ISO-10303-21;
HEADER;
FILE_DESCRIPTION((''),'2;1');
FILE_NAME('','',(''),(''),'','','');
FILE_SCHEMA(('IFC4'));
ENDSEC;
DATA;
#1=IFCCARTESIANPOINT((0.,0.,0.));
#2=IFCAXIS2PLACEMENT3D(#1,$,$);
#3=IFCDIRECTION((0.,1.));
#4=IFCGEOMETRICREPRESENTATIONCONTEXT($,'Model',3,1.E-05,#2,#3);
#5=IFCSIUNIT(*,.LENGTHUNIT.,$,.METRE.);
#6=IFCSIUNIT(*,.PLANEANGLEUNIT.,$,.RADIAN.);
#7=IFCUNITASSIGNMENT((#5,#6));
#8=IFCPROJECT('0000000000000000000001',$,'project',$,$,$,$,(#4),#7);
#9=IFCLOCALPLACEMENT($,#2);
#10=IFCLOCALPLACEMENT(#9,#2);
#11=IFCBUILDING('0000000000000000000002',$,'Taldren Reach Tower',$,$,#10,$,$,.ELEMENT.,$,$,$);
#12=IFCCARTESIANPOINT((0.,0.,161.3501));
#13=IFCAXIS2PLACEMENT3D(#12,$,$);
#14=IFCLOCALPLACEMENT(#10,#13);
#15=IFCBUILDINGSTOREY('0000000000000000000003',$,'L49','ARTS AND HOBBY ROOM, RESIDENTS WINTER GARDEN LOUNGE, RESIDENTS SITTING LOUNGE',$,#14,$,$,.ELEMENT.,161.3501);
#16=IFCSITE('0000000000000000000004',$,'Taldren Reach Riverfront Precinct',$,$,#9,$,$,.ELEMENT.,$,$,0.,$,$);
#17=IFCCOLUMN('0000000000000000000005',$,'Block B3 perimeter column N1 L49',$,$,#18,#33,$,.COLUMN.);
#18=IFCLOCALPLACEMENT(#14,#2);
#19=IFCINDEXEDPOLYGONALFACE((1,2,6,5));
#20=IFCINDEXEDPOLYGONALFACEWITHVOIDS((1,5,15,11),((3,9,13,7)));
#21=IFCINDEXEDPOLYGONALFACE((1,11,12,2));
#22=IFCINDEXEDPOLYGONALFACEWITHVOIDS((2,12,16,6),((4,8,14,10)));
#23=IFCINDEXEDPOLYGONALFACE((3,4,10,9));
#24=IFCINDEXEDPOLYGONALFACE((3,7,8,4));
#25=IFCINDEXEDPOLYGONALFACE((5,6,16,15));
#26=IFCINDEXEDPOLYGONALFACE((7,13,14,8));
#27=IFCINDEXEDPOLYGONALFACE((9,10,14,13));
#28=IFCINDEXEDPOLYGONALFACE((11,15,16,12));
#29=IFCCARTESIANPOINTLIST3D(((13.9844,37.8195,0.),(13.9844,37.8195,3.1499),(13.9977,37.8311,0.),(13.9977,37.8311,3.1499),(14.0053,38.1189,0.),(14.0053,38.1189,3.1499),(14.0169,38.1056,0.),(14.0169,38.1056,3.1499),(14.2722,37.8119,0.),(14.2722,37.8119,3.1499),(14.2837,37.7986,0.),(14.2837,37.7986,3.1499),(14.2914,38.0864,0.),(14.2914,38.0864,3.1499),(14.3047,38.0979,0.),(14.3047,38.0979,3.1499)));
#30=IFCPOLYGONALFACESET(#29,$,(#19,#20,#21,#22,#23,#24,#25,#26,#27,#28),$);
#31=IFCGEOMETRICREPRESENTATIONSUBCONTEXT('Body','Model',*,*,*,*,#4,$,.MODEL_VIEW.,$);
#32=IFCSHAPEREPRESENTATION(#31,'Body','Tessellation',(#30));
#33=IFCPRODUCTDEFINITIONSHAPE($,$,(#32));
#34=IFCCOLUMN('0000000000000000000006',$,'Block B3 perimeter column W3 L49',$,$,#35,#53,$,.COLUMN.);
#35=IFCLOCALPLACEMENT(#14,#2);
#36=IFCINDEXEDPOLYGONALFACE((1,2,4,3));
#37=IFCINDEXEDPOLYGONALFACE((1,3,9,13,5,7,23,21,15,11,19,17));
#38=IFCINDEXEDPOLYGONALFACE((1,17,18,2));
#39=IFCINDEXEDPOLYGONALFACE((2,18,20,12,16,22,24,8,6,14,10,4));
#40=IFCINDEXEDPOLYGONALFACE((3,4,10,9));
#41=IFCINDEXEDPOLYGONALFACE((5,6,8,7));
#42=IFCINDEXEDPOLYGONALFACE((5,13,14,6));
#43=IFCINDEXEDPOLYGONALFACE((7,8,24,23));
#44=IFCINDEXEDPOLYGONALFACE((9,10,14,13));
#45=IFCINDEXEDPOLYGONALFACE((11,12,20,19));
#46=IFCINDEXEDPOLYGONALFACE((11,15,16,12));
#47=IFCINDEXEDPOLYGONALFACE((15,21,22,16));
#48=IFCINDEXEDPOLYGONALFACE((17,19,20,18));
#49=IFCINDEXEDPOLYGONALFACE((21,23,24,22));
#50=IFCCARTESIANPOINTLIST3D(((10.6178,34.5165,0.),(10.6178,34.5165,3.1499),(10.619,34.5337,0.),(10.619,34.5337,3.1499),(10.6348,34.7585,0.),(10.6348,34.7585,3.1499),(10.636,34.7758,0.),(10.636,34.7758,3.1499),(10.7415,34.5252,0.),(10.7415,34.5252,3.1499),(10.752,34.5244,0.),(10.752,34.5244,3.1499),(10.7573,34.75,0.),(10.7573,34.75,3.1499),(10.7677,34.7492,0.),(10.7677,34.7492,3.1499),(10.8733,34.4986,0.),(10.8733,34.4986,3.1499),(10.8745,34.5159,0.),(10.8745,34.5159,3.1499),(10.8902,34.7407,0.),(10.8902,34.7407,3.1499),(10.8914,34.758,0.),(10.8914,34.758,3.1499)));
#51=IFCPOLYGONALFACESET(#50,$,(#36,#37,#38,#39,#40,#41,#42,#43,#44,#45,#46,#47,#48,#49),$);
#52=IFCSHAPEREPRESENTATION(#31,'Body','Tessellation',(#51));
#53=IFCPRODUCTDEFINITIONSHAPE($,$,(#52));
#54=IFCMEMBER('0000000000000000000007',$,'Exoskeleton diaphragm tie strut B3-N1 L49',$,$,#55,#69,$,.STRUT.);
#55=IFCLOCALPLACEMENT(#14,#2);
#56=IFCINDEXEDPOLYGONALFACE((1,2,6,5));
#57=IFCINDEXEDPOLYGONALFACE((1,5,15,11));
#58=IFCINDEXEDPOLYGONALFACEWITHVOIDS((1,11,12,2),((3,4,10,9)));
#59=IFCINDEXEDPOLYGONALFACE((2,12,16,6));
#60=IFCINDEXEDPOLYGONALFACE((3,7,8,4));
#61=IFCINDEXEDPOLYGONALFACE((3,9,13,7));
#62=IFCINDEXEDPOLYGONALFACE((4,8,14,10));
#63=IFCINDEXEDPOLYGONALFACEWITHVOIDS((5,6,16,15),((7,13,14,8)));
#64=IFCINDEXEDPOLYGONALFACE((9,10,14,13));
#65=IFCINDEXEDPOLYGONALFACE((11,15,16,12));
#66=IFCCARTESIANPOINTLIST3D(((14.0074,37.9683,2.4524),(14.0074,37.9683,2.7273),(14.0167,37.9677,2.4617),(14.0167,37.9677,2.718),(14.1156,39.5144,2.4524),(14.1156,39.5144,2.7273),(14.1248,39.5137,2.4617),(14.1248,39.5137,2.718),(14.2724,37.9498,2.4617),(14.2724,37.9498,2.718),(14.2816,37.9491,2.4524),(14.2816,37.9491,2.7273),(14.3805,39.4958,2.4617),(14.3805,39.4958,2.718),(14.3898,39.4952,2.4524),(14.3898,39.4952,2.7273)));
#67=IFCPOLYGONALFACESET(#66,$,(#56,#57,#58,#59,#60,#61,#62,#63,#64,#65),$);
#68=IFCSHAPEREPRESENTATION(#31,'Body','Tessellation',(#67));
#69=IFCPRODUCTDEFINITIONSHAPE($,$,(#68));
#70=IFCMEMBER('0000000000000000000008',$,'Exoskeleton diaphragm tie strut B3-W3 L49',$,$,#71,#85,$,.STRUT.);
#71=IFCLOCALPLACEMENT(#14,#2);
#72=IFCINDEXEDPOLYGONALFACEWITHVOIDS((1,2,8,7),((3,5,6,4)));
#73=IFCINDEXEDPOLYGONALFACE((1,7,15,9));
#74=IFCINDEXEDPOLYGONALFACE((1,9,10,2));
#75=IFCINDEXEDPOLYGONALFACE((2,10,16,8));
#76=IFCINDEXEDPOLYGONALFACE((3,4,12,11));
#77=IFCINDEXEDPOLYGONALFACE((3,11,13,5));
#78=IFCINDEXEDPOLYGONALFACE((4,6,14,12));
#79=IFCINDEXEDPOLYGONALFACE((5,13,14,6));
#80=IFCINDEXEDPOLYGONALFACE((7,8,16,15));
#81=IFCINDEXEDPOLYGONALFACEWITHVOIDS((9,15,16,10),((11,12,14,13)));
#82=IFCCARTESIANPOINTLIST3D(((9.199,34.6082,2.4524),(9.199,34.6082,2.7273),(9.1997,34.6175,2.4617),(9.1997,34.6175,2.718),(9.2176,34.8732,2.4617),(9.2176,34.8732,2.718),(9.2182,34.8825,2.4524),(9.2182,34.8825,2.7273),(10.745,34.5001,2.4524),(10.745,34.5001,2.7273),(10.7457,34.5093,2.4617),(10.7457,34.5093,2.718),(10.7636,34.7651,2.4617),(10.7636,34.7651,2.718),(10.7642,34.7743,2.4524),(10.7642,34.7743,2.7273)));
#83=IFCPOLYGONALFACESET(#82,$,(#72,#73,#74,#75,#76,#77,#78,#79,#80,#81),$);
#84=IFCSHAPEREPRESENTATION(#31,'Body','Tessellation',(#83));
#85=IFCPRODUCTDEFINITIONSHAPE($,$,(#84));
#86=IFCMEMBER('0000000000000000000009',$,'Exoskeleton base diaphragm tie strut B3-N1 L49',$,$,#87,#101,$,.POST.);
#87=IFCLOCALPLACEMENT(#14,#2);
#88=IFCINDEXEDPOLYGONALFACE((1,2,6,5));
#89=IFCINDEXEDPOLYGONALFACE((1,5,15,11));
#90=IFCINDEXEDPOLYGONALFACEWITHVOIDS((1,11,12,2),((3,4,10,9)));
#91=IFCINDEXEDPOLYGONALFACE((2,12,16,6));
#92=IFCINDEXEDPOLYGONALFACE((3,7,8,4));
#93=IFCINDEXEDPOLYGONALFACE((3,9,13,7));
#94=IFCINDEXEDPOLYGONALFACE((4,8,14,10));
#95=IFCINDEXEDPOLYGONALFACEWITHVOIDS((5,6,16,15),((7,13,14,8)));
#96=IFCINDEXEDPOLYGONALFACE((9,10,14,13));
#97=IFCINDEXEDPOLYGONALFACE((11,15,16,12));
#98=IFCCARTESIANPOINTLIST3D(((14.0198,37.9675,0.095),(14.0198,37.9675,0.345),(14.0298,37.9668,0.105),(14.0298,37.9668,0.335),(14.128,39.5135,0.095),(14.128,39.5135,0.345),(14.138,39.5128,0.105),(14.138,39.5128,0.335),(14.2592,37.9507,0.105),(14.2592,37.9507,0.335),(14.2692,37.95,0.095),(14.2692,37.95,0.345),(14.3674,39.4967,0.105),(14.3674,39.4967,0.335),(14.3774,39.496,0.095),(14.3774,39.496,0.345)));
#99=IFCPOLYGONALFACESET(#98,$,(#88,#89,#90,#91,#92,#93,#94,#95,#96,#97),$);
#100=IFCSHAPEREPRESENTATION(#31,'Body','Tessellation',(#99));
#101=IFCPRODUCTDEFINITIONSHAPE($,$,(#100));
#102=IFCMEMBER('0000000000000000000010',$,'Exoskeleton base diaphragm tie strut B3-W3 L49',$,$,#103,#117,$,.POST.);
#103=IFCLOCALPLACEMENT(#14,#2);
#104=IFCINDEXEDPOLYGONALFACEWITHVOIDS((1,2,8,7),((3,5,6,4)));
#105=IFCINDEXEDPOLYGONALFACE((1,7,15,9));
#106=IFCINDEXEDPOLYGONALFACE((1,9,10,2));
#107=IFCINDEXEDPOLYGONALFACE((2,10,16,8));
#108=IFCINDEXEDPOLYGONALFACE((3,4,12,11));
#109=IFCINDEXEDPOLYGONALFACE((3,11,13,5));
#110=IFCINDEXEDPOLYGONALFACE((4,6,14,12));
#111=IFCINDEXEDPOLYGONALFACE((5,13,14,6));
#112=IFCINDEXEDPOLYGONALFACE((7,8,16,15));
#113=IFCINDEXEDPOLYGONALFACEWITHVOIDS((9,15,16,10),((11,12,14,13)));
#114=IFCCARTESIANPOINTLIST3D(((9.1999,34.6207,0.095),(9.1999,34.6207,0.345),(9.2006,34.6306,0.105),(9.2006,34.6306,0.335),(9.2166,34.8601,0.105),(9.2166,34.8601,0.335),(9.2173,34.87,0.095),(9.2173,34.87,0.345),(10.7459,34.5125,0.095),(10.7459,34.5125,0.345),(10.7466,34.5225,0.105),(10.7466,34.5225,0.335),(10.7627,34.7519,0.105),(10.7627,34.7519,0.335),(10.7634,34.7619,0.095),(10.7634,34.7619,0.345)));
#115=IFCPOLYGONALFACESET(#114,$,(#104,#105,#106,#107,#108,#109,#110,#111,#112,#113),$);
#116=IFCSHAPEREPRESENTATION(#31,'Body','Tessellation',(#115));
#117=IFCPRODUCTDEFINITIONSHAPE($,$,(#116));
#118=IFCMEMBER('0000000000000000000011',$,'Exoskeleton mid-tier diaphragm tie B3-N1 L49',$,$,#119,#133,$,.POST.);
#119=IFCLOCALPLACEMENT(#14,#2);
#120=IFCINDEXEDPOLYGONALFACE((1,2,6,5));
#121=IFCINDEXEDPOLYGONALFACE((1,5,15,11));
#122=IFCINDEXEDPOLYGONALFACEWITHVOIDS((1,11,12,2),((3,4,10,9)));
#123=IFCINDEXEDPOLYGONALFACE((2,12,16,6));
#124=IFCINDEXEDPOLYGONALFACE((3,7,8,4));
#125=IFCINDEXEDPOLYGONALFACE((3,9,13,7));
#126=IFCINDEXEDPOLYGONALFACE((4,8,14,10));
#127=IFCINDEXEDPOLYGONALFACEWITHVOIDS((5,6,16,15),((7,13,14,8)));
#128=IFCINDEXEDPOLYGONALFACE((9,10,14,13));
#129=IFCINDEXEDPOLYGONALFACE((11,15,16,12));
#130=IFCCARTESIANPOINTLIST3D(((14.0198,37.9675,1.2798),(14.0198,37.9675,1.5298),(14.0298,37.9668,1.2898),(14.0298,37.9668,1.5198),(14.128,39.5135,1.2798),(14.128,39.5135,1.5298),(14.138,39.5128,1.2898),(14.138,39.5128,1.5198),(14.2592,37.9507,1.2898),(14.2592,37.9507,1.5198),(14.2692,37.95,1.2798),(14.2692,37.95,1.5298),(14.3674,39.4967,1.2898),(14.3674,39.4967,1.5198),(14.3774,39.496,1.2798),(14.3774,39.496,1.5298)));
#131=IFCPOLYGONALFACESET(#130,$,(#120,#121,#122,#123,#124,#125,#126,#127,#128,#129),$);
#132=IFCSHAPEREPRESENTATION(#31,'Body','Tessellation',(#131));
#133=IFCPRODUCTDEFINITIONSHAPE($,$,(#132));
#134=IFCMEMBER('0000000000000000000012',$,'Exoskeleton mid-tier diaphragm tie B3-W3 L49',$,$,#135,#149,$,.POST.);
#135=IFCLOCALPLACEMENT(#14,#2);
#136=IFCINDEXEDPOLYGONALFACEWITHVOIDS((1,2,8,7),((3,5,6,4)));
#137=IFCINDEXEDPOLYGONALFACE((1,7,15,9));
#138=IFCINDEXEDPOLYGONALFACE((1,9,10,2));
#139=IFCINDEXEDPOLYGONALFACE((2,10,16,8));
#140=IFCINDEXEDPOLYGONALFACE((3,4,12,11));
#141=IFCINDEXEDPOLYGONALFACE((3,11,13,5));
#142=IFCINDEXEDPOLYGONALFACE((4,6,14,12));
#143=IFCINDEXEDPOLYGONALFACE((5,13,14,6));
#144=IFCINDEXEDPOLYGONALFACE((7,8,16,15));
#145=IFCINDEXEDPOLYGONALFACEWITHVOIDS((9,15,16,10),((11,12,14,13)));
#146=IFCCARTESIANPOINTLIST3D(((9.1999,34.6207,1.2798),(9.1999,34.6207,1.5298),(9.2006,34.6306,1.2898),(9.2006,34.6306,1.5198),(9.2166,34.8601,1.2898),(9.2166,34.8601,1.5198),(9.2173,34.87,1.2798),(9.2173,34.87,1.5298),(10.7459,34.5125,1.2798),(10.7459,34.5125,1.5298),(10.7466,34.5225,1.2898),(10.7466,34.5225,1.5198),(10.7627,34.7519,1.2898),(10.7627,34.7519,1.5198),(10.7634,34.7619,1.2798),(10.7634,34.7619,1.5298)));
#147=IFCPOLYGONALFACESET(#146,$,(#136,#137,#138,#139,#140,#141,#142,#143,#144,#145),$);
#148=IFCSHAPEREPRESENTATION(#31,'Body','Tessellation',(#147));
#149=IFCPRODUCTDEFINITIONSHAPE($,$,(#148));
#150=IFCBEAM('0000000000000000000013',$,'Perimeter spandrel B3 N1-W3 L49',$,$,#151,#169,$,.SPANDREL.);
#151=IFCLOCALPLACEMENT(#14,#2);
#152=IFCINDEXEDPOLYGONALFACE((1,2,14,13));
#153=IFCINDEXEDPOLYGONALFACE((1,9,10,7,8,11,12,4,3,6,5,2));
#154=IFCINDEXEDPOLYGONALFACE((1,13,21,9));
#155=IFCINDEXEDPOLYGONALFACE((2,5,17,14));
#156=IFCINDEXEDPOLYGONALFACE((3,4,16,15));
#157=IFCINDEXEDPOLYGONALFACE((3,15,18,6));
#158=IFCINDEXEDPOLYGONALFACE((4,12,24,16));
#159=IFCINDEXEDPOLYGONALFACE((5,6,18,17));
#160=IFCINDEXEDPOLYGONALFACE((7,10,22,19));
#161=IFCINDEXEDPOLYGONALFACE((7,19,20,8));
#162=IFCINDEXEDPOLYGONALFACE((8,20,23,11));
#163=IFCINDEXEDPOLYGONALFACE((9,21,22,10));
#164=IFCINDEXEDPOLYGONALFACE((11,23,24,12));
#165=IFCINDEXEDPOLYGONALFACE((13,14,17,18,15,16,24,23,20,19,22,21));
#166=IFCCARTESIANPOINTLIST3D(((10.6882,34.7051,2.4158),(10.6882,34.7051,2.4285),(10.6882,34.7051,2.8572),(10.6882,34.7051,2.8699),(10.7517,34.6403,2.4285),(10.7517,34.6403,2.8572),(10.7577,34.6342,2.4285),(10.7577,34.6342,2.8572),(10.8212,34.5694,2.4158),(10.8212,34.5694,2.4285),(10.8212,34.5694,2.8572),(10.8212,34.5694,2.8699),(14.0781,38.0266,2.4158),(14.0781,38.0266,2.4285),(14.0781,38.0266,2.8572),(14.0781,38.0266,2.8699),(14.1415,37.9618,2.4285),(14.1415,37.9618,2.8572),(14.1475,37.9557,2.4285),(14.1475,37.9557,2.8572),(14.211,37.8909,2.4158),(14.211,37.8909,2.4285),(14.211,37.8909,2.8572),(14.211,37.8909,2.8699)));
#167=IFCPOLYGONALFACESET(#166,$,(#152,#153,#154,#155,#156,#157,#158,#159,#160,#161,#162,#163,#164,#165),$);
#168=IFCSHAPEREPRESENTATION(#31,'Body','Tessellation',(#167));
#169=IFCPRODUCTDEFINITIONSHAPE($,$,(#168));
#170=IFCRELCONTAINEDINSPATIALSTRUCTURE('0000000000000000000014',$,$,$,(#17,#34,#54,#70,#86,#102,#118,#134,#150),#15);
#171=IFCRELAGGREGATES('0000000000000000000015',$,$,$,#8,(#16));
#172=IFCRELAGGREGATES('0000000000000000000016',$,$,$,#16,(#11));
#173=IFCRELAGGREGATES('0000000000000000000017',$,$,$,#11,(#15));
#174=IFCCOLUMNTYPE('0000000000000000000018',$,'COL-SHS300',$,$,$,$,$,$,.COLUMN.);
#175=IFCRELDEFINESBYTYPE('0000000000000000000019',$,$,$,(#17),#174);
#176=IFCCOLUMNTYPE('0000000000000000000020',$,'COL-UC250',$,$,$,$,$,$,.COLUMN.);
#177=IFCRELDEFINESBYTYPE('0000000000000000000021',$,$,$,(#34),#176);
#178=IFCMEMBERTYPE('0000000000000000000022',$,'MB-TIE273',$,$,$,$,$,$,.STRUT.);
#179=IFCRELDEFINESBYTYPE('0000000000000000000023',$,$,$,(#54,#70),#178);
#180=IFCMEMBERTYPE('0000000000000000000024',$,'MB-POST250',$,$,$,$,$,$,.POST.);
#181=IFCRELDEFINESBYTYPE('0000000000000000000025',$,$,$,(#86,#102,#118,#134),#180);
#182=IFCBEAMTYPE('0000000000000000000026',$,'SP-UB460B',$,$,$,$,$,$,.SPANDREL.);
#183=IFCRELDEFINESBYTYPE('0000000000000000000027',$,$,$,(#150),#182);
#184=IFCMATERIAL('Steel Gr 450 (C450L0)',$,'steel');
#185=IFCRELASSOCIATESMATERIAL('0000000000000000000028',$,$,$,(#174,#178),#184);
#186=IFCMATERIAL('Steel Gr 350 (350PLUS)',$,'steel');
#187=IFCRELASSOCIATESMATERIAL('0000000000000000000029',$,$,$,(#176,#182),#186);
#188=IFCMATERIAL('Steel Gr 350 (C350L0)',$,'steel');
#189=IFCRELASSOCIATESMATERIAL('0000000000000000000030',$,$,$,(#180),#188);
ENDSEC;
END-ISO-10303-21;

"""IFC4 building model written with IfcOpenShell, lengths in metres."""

from ifc_helpers import new_model, si_unit, direction, frame, origin, origin_2d, place, context, subcontext, project, spatial, hollow_rectangle, i_section, extrude, source, transform, mapped, material, material_profile, profile_set, type_object, element, save


model = new_model("IFC4")

# Units and contexts
model_context = context("Model", 3, precision=1e-05, world=origin(), true_north=direction((0.0, 1.0)))
body_context = subcontext(model_context, "Body", "Model", "MODEL_VIEW")
ifc_project = project(units=[si_unit("LENGTHUNIT", "METRE"), si_unit("PLANEANGLEUNIT", "RADIAN")], contexts=[model_context])

# Site, building, storey
site_placement = place(None, origin())
site = spatial("IfcSite", under=ifc_project, at=site_placement, Name="Taldren Reach Riverfront Precinct", CompositionType="ELEMENT", RefElevation=0.0)
building_placement = place(site_placement, origin())
building = spatial("IfcBuilding", under=site, at=building_placement, Name="Taldren Reach Tower", CompositionType="ELEMENT")
storey_placement = place(building_placement, frame((0.0, 0.0, 161.3501)))
storey = spatial("IfcBuildingStorey", under=building, at=storey_placement, Name="L49", Description="ARTS AND HOBBY ROOM, RESIDENTS WINTER GARDEN LOUNGE, RESIDENTS SITTING LOUNGE", CompositionType="ELEMENT", Elevation=161.3501)

# Columns
ifc_material_1 = material(Name="Steel Gr 450 (C450L0)", Category="steel")
ifc_material_profile_1 = material_profile(ifc_material_1, hollow_rectangle(XDim=0.3, YDim=0.3, WallThickness=0.0125, at=origin_2d()), Name="300x300x12.5SHS")
ifc_profile_set_1 = profile_set([ifc_material_profile_1], Name="Steel Gr 450 (C450L0)")
column_type_1 = type_object("IfcColumnType", Name="COL-SHS300", PredefinedType="COLUMN", material=ifc_profile_set_1)
shared_shape_1 = source(origin(), body_context, "Body", "SweptSolid", [
    extrude(hollow_rectangle(XDim=0.3, YDim=0.3, WallThickness=0.0125, at=origin_2d()), origin(), (0.0, 0.0, 1.0), 3.1499),
])
column_1_placement = place(storey_placement, frame((14.1445, 37.9587, 0.0), z_axis=(0.0, 0.0, 1.0), x_axis=(0.997564, -0.069756, 0.0)))
element("IfcColumn", 1, at=column_1_placement, inside=storey, type_object=column_type_1, Name="Block B3 perimeter column N1 L49", PredefinedType="COLUMN", context=body_context, shape_type="MappedRepresentation", body=[
    mapped(shared_shape_1, transform((0.0, 0.0, 0.0), scale=1.0)),
])
ifc_material_2 = material(Name="Steel Gr 350 (350PLUS)", Category="steel")
ifc_material_profile_2 = material_profile(ifc_material_2, i_section(OverallWidth=0.2561, OverallDepth=0.26, WebThickness=0.0105, FlangeThickness=0.0173, at=origin_2d()), Name="250UC89.5")
ifc_profile_set_2 = profile_set([ifc_material_profile_2], Name="Steel Gr 350 (350PLUS)")
column_type_2 = type_object("IfcColumnType", Name="COL-UC250", PredefinedType="COLUMN", material=ifc_profile_set_2)
shared_shape_2 = source(origin(), body_context, "Body", "SweptSolid", [
    extrude(i_section(OverallWidth=0.2561, OverallDepth=0.26, WebThickness=0.0105, FlangeThickness=0.0173, at=origin_2d()), origin(), (0.0, 0.0, 1.0), 3.1499),
])
column_2_placement = place(storey_placement, frame((10.7546, 34.6372, 0.0), z_axis=(0.0, 0.0, 1.0), x_axis=(0.997564, -0.069756, 0.0)))
element("IfcColumn", 2, at=column_2_placement, inside=storey, type_object=column_type_2, Name="Block B3 perimeter column W3 L49", PredefinedType="COLUMN", context=body_context, shape_type="MappedRepresentation", body=[
    mapped(shared_shape_2, transform((0.0, 0.0, 0.0), scale=1.0)),
])

# Members
ifc_material_profile_3 = material_profile(ifc_material_1, hollow_rectangle(XDim=0.2749, YDim=0.2749, WallThickness=0.0093, at=origin_2d()), Name="275x275x9.3SHS")
ifc_profile_set_3 = profile_set([ifc_material_profile_3], Name="Steel Gr 450 (C450L0)")
member_type_1 = type_object("IfcMemberType", Name="MB-TIE273", PredefinedType="STRUT", material=ifc_profile_set_3)
shared_shape_3 = source(origin(), body_context, "Body", "SweptSolid", [
    extrude(hollow_rectangle(XDim=0.2749, YDim=0.2749, WallThickness=0.0093, at=origin_2d()), origin(), (0.0, 0.0, 1.0), 1.5498),
])
for number, where, z_axis, x_axis, name in (
    (3, (14.1445, 37.9587, 2.5898), (0.069781, 0.997562, 0.0), (-0.997562, 0.069781, 0.0), "Exoskeleton diaphragm tie strut B3-N1 L49"),
    (4, (10.7546, 34.6372, 2.5898), (-0.997562, 0.069781, 0.0), (-0.069781, -0.997562, 0.0), "Exoskeleton diaphragm tie strut B3-W3 L49"),
):
    element("IfcMember", number, at=place(storey_placement, frame(where, z_axis=z_axis, x_axis=x_axis)), inside=storey, type_object=member_type_1, Name=name, PredefinedType="STRUT", context=body_context, shape_type="MappedRepresentation", body=[
        mapped(shared_shape_3, transform((0.0, 0.0, 0.0), scale=1.0)),
    ])
ifc_material_3 = material(Name="Steel Gr 350 (C350L0)", Category="steel")
ifc_material_profile_4 = material_profile(ifc_material_3, hollow_rectangle(XDim=0.25, YDim=0.25, WallThickness=0.01, at=origin_2d()), Name="250x250x10.0SHS")
ifc_profile_set_4 = profile_set([ifc_material_profile_4], Name="Steel Gr 350 (C350L0)")
member_type_2 = type_object("IfcMemberType", Name="MB-POST250", PredefinedType="POST", material=ifc_profile_set_4)
shared_shape_4 = source(origin(), body_context, "Body", "SweptSolid", [
    extrude(hollow_rectangle(XDim=0.25, YDim=0.25, WallThickness=0.01, at=origin_2d()), origin(), (0.0, 0.0, 1.0), 1.5498),
])
for number, where, z_axis, x_axis, name in (
    (5, (14.1445, 37.9587, 0.22), (0.069781, 0.997562, 0.0), (-0.997562, 0.069781, 0.0), "Exoskeleton base diaphragm tie strut B3-N1 L49"),
    (6, (10.7546, 34.6372, 0.22), (-0.997562, 0.069781, 0.0), (-0.069781, -0.997562, 0.0), "Exoskeleton base diaphragm tie strut B3-W3 L49"),
    (7, (14.1445, 37.9587, 1.4048), (0.069781, 0.997562, 0.0), (-0.997562, 0.069781, 0.0), "Exoskeleton mid-tier diaphragm tie B3-N1 L49"),
    (8, (10.7546, 34.6372, 1.4048), (-0.997562, 0.069781, 0.0), (-0.069781, -0.997562, 0.0), "Exoskeleton mid-tier diaphragm tie B3-W3 L49"),
):
    element("IfcMember", number, at=place(storey_placement, frame(where, z_axis=z_axis, x_axis=x_axis)), inside=storey, type_object=member_type_2, Name=name, PredefinedType="POST", context=body_context, shape_type="MappedRepresentation", body=[
        mapped(shared_shape_4, transform((0.0, 0.0, 0.0), scale=1.0)),
    ])

# Beam
ifc_material_profile_5 = material_profile(ifc_material_2, i_section(OverallWidth=0.1899, OverallDepth=0.4541, WebThickness=0.0085, FlangeThickness=0.0127, at=origin_2d()), Name="460UB67.1")
ifc_profile_set_5 = profile_set([ifc_material_profile_5], Name="Steel Gr 350 (350PLUS)")
beam_type_1 = type_object("IfcBeamType", Name="SP-UB460B", PredefinedType="SPANDREL", material=ifc_profile_set_5)
shared_shape_5 = source(origin(), body_context, "Body", "SweptSolid", [
    extrude(i_section(OverallWidth=0.1899, OverallDepth=0.4541, WebThickness=0.0085, FlangeThickness=0.0127, at=origin_2d()), origin(), (0.0, 0.0, 1.0), 4.7458),
])
beam_1_placement = place(storey_placement, frame((14.1445, 37.9587, 2.6428), z_axis=(-0.714272, -0.699868, 0.0), x_axis=(0.699868, -0.714272, 0.0)))
element("IfcBeam", 9, at=beam_1_placement, inside=storey, type_object=beam_type_1, Name="Perimeter spandrel B3 N1-W3 L49", PredefinedType="SPANDREL", context=body_context, shape_type="MappedRepresentation", body=[
    mapped(shared_shape_5, transform((0.0, 0.0, 0.0), scale=1.0)),
])

save(model, "model.ifc")
